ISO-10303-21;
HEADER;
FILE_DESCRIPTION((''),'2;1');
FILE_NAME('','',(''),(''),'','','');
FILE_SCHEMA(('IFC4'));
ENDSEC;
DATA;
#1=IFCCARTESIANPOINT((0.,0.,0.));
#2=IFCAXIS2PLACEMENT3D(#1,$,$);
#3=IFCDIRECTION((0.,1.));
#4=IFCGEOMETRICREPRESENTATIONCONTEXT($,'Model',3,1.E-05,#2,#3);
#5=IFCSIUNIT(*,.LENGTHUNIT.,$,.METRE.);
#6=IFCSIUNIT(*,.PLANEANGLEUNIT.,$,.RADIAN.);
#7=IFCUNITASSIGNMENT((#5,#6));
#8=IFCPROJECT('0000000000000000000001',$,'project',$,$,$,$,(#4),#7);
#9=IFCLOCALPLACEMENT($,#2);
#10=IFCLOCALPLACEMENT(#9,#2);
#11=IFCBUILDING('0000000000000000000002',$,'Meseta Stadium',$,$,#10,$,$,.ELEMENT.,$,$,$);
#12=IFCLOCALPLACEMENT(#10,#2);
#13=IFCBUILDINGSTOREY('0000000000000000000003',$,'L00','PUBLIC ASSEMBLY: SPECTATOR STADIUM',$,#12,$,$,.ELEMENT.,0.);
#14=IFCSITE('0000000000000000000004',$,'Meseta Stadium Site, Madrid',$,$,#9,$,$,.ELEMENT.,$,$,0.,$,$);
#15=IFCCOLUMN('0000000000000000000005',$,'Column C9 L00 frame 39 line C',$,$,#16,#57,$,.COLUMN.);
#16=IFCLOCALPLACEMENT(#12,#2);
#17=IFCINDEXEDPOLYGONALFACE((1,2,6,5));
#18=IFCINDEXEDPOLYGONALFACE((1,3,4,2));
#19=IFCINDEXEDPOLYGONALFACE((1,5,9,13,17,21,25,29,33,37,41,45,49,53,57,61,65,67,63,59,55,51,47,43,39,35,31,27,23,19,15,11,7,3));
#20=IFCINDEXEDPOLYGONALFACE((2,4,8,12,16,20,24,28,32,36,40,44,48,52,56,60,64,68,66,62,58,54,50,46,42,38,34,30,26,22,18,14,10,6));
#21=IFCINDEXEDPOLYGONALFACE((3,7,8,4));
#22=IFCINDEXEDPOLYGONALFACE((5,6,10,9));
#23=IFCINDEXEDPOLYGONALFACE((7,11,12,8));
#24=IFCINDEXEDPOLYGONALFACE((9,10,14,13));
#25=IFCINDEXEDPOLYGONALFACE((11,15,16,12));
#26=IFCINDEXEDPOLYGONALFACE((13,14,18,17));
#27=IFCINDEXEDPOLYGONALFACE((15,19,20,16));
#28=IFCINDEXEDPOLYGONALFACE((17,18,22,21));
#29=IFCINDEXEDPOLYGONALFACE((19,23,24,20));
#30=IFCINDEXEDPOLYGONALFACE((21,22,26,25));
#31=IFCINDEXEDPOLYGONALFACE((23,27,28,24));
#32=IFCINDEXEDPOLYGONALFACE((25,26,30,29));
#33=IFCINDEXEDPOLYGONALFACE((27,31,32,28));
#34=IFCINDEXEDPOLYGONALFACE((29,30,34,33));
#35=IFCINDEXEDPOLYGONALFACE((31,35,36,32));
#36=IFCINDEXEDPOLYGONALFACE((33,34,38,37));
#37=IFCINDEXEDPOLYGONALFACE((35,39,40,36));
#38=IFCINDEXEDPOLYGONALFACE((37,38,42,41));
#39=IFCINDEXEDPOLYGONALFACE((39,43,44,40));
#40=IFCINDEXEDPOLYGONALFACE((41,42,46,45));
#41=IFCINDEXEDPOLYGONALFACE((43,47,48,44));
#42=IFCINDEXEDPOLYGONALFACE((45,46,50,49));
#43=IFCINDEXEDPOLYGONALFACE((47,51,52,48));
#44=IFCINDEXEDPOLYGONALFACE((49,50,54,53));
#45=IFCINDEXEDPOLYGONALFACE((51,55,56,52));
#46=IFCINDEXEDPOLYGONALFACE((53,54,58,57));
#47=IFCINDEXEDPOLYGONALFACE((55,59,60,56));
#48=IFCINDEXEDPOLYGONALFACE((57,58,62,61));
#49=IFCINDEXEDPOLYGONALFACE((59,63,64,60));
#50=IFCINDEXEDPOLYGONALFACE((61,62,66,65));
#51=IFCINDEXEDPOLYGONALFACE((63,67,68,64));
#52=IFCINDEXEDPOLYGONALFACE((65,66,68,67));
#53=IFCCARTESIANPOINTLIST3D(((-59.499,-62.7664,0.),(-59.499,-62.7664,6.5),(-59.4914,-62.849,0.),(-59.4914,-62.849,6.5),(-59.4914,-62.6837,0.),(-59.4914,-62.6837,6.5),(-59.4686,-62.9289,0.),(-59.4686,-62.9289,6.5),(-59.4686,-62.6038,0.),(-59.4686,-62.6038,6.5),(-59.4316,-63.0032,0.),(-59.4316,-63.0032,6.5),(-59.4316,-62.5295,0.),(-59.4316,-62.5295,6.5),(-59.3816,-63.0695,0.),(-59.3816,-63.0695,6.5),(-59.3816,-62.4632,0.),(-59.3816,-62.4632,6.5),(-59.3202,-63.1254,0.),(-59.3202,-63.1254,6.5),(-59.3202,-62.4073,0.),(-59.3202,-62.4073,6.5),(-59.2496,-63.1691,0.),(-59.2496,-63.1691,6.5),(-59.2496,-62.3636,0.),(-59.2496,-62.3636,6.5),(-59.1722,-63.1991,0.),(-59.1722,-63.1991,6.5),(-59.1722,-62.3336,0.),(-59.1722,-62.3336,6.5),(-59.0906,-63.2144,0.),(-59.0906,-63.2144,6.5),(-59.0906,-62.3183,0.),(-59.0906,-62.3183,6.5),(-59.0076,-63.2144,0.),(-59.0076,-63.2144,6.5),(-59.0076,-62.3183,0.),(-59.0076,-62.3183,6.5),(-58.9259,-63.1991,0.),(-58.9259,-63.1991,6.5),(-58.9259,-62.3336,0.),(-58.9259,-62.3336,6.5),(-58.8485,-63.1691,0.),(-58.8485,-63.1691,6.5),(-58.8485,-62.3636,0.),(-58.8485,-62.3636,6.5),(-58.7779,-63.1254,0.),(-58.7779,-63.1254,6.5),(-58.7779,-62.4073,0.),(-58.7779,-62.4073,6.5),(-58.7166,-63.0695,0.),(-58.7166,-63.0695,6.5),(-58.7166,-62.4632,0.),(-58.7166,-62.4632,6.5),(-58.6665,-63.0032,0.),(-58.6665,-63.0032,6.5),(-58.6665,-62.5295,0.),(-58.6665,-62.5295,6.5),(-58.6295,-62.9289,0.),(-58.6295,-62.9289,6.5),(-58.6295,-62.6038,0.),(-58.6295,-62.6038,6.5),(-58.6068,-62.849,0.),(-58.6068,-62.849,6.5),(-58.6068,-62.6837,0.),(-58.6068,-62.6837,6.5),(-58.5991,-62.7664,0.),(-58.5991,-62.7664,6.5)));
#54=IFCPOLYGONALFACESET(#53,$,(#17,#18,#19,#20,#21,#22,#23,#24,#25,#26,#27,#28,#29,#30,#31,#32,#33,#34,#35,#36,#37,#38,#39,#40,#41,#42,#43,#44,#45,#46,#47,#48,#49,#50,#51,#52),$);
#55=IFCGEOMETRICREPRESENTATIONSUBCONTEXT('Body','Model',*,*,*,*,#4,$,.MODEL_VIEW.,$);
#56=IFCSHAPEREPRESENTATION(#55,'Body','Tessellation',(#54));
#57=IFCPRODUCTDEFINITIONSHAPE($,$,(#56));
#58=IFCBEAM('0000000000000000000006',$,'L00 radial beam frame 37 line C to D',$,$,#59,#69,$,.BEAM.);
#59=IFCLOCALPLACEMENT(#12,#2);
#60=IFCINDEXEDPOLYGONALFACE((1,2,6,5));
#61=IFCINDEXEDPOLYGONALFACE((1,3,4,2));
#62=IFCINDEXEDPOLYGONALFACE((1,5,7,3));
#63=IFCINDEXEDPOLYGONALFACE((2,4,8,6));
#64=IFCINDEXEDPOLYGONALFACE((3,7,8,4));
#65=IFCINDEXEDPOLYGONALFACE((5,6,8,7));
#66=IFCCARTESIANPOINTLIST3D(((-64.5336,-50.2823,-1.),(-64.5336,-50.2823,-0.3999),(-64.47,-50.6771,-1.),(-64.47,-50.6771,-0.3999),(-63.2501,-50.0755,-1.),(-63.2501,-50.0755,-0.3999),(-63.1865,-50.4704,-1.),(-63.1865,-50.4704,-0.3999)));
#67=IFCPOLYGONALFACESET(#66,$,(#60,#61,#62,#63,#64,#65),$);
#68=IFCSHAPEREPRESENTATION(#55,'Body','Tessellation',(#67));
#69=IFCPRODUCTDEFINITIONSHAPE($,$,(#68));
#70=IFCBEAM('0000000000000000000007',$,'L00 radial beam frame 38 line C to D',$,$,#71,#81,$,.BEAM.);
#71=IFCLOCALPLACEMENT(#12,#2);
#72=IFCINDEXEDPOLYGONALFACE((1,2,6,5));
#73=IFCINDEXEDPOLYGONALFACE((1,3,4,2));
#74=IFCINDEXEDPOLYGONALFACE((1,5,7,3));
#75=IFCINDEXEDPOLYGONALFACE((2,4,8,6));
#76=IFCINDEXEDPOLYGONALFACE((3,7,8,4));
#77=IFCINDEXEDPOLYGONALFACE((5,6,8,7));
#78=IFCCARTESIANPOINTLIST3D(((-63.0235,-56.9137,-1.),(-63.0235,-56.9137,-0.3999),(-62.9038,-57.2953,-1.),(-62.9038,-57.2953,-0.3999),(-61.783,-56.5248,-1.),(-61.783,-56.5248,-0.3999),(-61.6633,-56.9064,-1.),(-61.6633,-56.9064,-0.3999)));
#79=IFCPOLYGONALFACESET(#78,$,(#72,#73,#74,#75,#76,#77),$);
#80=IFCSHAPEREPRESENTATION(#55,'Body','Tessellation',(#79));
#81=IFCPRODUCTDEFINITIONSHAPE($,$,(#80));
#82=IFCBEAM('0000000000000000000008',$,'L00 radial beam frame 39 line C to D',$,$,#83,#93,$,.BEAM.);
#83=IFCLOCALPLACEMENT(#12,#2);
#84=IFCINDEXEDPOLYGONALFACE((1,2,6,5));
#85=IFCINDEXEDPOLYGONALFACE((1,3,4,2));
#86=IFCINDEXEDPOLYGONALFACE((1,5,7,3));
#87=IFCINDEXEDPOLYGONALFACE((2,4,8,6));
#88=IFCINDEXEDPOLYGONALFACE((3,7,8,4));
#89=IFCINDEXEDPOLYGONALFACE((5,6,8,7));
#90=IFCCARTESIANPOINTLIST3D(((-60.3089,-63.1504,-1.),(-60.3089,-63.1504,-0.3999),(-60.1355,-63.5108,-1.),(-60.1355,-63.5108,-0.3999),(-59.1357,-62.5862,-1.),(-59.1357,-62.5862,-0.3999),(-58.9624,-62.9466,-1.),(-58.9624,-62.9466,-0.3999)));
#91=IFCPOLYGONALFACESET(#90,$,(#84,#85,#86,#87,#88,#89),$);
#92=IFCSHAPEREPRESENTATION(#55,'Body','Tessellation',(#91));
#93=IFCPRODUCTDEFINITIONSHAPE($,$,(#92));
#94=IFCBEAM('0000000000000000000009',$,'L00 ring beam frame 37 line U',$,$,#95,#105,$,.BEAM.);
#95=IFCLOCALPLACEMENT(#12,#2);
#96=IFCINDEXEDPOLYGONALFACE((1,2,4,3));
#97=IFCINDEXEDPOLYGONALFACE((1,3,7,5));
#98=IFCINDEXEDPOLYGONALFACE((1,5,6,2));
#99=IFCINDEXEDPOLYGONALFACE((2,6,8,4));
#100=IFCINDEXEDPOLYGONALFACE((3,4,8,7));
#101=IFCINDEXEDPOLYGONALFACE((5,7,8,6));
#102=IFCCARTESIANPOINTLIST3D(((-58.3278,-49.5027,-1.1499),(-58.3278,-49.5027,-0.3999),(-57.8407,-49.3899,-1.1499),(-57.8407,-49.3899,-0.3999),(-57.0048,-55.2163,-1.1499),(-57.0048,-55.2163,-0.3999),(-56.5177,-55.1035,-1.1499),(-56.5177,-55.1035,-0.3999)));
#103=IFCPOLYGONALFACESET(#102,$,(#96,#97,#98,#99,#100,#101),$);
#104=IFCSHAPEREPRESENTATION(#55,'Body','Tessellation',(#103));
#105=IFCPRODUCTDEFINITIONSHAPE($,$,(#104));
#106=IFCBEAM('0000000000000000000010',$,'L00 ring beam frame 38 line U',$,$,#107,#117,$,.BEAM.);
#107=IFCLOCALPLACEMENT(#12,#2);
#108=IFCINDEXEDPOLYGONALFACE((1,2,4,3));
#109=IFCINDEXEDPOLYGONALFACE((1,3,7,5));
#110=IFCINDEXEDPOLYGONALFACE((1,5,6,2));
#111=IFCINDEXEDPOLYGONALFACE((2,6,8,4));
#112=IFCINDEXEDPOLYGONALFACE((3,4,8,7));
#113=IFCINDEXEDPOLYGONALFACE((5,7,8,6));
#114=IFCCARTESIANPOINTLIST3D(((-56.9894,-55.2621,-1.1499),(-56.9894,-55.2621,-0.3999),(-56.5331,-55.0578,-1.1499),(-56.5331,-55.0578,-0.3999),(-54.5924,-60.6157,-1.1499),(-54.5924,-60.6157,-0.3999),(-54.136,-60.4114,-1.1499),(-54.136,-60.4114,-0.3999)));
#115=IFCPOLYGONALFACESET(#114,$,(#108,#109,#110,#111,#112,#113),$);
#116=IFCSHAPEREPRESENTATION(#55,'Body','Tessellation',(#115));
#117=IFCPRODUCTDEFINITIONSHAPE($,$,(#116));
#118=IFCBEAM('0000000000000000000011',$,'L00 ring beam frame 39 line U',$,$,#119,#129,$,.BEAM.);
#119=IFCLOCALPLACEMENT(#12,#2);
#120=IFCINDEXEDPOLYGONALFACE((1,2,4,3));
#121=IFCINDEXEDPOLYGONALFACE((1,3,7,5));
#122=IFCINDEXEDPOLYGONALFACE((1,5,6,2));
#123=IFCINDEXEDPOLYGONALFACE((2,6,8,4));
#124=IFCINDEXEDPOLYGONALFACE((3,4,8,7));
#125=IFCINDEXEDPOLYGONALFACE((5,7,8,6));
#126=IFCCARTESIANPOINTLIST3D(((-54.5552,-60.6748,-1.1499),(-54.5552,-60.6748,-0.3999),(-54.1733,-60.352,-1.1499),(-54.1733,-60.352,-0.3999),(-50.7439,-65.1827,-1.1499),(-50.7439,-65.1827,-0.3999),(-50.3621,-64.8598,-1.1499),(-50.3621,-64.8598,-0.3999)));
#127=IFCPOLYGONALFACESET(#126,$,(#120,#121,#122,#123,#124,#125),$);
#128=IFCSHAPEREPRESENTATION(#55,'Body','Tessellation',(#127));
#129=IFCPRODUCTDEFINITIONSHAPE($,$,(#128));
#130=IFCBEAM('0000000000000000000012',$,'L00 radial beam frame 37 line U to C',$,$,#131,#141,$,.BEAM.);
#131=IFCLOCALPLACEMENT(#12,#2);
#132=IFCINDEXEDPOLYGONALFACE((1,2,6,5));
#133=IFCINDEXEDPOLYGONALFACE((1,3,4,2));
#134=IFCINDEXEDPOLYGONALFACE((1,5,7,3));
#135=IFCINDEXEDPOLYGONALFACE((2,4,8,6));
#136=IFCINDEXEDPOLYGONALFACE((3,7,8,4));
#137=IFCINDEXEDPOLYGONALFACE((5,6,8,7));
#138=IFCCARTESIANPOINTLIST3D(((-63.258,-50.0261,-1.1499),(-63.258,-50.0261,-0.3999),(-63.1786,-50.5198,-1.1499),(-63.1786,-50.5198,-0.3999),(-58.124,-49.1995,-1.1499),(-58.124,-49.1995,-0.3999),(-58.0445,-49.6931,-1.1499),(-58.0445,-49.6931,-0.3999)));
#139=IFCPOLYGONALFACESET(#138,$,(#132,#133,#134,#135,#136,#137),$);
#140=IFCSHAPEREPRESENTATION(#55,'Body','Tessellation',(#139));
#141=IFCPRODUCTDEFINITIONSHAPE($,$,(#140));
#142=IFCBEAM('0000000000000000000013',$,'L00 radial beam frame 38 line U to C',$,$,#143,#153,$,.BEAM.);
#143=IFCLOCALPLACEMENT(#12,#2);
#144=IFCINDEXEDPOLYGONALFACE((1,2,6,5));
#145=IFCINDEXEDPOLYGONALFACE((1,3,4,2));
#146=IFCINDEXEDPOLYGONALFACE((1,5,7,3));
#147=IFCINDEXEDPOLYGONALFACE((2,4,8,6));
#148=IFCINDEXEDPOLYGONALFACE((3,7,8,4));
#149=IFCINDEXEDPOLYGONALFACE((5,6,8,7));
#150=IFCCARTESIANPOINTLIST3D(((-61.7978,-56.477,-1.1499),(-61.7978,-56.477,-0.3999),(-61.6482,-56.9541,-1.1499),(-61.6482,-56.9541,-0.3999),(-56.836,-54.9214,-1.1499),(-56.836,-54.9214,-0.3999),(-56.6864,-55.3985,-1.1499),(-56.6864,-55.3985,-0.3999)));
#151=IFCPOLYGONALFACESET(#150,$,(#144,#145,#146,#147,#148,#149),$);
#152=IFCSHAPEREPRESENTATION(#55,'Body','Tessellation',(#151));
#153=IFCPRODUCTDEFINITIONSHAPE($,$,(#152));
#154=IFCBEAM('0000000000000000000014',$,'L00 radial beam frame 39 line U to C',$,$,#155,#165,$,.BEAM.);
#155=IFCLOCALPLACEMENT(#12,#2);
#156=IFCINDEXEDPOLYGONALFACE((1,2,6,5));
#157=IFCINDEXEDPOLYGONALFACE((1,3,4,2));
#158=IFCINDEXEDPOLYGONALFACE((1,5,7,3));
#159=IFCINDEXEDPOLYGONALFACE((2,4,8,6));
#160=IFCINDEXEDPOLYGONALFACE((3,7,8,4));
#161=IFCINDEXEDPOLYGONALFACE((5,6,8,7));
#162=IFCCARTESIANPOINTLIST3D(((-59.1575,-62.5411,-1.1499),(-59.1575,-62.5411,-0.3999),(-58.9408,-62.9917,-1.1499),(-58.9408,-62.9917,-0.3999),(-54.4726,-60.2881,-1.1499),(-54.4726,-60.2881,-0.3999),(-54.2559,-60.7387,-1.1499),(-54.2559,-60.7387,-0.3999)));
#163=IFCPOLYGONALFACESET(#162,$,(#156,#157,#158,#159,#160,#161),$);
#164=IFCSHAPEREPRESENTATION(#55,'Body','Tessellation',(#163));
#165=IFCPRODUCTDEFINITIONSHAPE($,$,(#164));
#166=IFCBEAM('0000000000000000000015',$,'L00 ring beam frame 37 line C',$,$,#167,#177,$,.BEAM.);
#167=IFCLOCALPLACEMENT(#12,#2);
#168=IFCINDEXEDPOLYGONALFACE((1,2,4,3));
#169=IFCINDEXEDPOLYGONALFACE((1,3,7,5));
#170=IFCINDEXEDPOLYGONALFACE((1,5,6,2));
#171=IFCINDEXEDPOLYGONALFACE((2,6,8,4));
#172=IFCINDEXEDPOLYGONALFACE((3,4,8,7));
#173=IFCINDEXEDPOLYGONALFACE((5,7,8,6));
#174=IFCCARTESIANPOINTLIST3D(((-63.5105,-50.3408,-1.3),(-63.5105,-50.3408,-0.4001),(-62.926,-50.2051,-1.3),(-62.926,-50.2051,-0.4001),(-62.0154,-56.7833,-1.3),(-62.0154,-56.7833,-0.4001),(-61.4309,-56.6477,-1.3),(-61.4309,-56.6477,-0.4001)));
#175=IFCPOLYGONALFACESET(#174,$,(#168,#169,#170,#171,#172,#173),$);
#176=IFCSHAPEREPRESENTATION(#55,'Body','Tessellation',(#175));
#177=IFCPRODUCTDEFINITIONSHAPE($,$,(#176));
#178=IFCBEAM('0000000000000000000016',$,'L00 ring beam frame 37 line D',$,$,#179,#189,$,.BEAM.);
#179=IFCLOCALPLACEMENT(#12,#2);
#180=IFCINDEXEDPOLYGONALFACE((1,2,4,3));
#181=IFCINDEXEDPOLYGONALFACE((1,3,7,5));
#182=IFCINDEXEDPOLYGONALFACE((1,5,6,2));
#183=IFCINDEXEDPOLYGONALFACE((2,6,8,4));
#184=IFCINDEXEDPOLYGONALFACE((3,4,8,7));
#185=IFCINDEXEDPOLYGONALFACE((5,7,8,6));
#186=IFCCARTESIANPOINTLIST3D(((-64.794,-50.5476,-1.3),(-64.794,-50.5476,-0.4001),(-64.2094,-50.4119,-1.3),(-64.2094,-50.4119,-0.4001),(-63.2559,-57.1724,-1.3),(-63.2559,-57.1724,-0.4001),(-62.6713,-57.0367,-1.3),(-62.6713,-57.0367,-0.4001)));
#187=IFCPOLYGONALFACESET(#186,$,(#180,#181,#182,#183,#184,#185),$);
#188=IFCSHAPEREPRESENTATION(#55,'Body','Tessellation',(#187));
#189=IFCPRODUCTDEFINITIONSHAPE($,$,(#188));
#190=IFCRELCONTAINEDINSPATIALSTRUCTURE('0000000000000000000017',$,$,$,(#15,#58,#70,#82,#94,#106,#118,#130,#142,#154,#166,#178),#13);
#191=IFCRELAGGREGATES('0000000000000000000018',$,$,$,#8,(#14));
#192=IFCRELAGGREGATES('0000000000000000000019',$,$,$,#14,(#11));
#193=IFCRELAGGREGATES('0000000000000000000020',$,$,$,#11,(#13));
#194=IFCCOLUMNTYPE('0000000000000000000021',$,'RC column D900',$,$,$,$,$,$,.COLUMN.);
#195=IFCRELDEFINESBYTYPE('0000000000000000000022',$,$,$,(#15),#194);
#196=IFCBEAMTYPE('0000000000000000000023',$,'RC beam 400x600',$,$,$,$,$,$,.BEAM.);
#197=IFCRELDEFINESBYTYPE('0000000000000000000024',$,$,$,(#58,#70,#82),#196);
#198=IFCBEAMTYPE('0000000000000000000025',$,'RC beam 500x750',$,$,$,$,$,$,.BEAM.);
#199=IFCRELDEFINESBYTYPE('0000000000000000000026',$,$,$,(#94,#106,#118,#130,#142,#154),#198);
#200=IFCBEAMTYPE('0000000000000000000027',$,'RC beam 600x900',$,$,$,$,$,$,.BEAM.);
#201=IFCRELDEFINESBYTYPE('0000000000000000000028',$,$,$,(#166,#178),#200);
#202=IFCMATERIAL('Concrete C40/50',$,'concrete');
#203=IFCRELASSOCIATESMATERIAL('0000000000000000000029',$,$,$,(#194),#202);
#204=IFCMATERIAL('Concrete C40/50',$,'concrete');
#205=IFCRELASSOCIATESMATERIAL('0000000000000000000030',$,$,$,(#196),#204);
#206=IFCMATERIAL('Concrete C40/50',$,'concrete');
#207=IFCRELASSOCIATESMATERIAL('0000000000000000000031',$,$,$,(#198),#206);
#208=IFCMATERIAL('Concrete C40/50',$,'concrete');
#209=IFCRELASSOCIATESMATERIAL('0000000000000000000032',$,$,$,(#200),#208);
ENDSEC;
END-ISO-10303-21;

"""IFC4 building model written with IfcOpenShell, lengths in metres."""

from ifc_helpers import new_model, si_unit, direction, frame, origin, origin_2d, place, context, subcontext, project, spatial, rectangle, circle, extrude, material, material_profile, profile_set, type_object, element, save


model = new_model("IFC4")

# Units and contexts
model_context = context("Model", 3, precision=1e-05, world=origin(), true_north=direction((0.0, 1.0)))
body_context = subcontext(model_context, "Body", "Model", "MODEL_VIEW")
ifc_project = project(units=[si_unit("LENGTHUNIT", "METRE"), si_unit("PLANEANGLEUNIT", "RADIAN")], contexts=[model_context])

# Site, building, storey
site_placement = place(None, origin())
site = spatial("IfcSite", under=ifc_project, at=site_placement, Name="Meseta Stadium Site, Madrid", CompositionType="ELEMENT", RefElevation=0.0)
building_placement = place(site_placement, origin())
building = spatial("IfcBuilding", under=site, at=building_placement, Name="Meseta Stadium", CompositionType="ELEMENT")
storey_placement = place(building_placement, origin())
storey = spatial("IfcBuildingStorey", under=building, at=storey_placement, Name="L00", Description="PUBLIC ASSEMBLY: SPECTATOR STADIUM", CompositionType="ELEMENT", Elevation=0.0)

# Column
ifc_material_1 = material(Name="Concrete C40/50", Category="concrete")
ifc_material_profile_1 = material_profile(ifc_material_1, circle(Radius=0.45, at=origin_2d()), Name="RC D900")
ifc_profile_set_1 = profile_set([ifc_material_profile_1], Name="Concrete C40/50")
column_type_1 = type_object("IfcColumnType", Name="RC column D900", PredefinedType="COLUMN", material=ifc_profile_set_1)
for number, where, z_axis, x_axis, name in (
    (1, (-59.0491, -62.7664, 0.0), (0.0, 0.0, 1.0), (1.0, 0.0, 0.0), "Column C9 L00 frame 39 line C"),
):
    element("IfcColumn", number, at=place(storey_placement, frame(where, z_axis=z_axis, x_axis=x_axis)), inside=storey, type_object=column_type_1, Name=name, PredefinedType="COLUMN", context=body_context, shape_type="SweptSolid", body=[
        extrude(circle(Radius=0.45, at=origin_2d()), origin(), (0.0, 0.0, 1.0), 6.5),
    ])

# Beams
ifc_material_2 = material(Name="Concrete C40/50", Category="concrete")
ifc_material_profile_2 = material_profile(ifc_material_2, rectangle(XDim=0.3999, YDim=0.6001, at=origin_2d()), Name="RC 400x600")
ifc_profile_set_2 = profile_set([ifc_material_profile_2], Name="Concrete C40/50")
beam_type_1 = type_object("IfcBeamType", Name="RC beam 400x600", PredefinedType="BEAM", material=ifc_profile_set_2)
for number, where, z_axis, x_axis, name in (
    (2, (-63.2183, -50.2729, -0.7), (-0.987268, -0.159067, 0.0), (0.159067, -0.987268, 0.0), "L00 radial beam frame 37 line C to D"),
    (3, (-61.7231, -56.7156, -0.7), (-0.954202, -0.299162, 0.0), (0.299162, -0.954202, 0.0), "L00 radial beam frame 38 line C to D"),
):
    element("IfcBeam", number, at=place(storey_placement, frame(where, z_axis=z_axis, x_axis=x_axis)), inside=storey, type_object=beam_type_1, Name=name, PredefinedType="BEAM", context=body_context, shape_type="SweptSolid", body=[
        extrude(rectangle(XDim=0.3999, YDim=0.6001, at=origin_2d()), origin(), (0.0, 0.0, 1.0), 1.3),
    ])
beam_1_placement = place(storey_placement, frame((-59.0491, -62.7664, -0.7), z_axis=(-0.901186, -0.433432, 0.0), x_axis=(0.433432, -0.901186, 0.0)))
element("IfcBeam", 4, at=beam_1_placement, inside=storey, type_object=beam_type_1, Name="L00 radial beam frame 39 line C to D", PredefinedType="BEAM", context=body_context, shape_type="SweptSolid", body=[
    extrude(rectangle(XDim=0.3999, YDim=0.6001, at=origin_2d()), origin(), (0.0, 0.0, 1.0), 1.3018),
])
ifc_material_3 = material(Name="Concrete C40/50", Category="concrete")
ifc_material_profile_3 = material_profile(ifc_material_3, rectangle(XDim=0.5, YDim=0.75, at=origin_2d()), Name="RC 500x750")
ifc_profile_set_3 = profile_set([ifc_material_profile_3], Name="Concrete C40/50")
beam_type_2 = type_object("IfcBeamType", Name="RC beam 500x750", PredefinedType="BEAM", material=ifc_profile_set_3)
beam_2_placement = place(storey_placement, frame((-58.0842, -49.4463, -0.7749), z_axis=(0.225583, -0.974224, 0.0), x_axis=(0.974224, 0.225583, 0.0)))
element("IfcBeam", 5, at=beam_2_placement, inside=storey, type_object=beam_type_2, Name="L00 ring beam frame 37 line U", PredefinedType="BEAM", context=body_context, shape_type="SweptSolid", body=[
    extrude(rectangle(XDim=0.5, YDim=0.75, at=origin_2d()), origin(), (0.0, 0.0, 1.0), 5.8647),
])
beam_3_placement = place(storey_placement, frame((-56.7612, -55.1599, -0.7749), z_axis=(0.408647, -0.912692, 0.0), x_axis=(0.912692, 0.408647, 0.0)))
element("IfcBeam", 6, at=beam_3_placement, inside=storey, type_object=beam_type_2, Name="L00 ring beam frame 38 line U", PredefinedType="BEAM", context=body_context, shape_type="SweptSolid", body=[
    extrude(rectangle(XDim=0.5, YDim=0.75, at=origin_2d()), origin(), (0.0, 0.0, 1.0), 5.8657),
])
beam_4_placement = place(storey_placement, frame((-54.3643, -60.5134, -0.7749), z_axis=(0.645644, -0.763639, 0.0), x_axis=(0.763639, 0.645644, 0.0)))
element("IfcBeam", 7, at=beam_4_placement, inside=storey, type_object=beam_type_2, Name="L00 ring beam frame 39 line U", PredefinedType="BEAM", context=body_context, shape_type="SweptSolid", body=[
    extrude(rectangle(XDim=0.5, YDim=0.75, at=origin_2d()), origin(), (0.0, 0.0, 1.0), 5.9031),
])
beam_5_placement = place(storey_placement, frame((-58.0842, -49.4463, -0.7749), z_axis=(-0.987284, -0.158968, 0.0), x_axis=(0.158968, -0.987284, 0.0)))
element("IfcBeam", 8, at=beam_5_placement, inside=storey, type_object=beam_type_2, Name="L00 radial beam frame 37 line U to C", PredefinedType="BEAM", context=body_context, shape_type="SweptSolid", body=[
    extrude(rectangle(XDim=0.5, YDim=0.75, at=origin_2d()), origin(), (0.0, 0.0, 1.0), 5.2002),
])
beam_6_placement = place(storey_placement, frame((-56.7612, -55.1599, -0.7749), z_axis=(-0.954202, -0.299162, 0.0), x_axis=(0.299162, -0.954202, 0.0)))
element("IfcBeam", 9, at=beam_6_placement, inside=storey, type_object=beam_type_2, Name="L00 radial beam frame 38 line U to C", PredefinedType="BEAM", context=body_context, shape_type="SweptSolid", body=[
    extrude(rectangle(XDim=0.5, YDim=0.75, at=origin_2d()), origin(), (0.0, 0.0, 1.0), 5.2),
])
beam_7_placement = place(storey_placement, frame((-54.3643, -60.5134, -0.7749), z_axis=(-0.901206, -0.433391, 0.0), x_axis=(0.433391, -0.901206, 0.0)))
element("IfcBeam", 10, at=beam_7_placement, inside=storey, type_object=beam_type_2, Name="L00 radial beam frame 39 line U to C", PredefinedType="BEAM", context=body_context, shape_type="SweptSolid", body=[
    extrude(rectangle(XDim=0.5, YDim=0.75, at=origin_2d()), origin(), (0.0, 0.0, 1.0), 5.1985),
])
ifc_material_4 = material(Name="Concrete C40/50", Category="concrete")
ifc_material_profile_4 = material_profile(ifc_material_4, rectangle(XDim=0.6001, YDim=0.8999, at=origin_2d()), Name="RC 600x900")
ifc_profile_set_4 = profile_set([ifc_material_profile_4], Name="Concrete C40/50")
beam_type_3 = type_object("IfcBeamType", Name="RC beam 600x900", PredefinedType="BEAM", material=ifc_profile_set_4)
beam_8_placement = place(storey_placement, frame((-63.2183, -50.2729, -0.8501), z_axis=(0.226059, -0.974114, 0.0), x_axis=(0.974114, 0.226059, 0.0)))
element("IfcBeam", 11, at=beam_8_placement, inside=storey, type_object=beam_type_3, Name="L00 ring beam frame 37 line C", PredefinedType="BEAM", context=body_context, shape_type="SweptSolid", body=[
    extrude(rectangle(XDim=0.6001, YDim=0.8999, at=origin_2d()), origin(), (0.0, 0.0, 1.0), 6.6138),
])
beam_9_placement = place(storey_placement, frame((-64.5017, -50.4797, -0.8501), z_axis=(0.226157, -0.974091, 0.0), x_axis=(0.974091, 0.226157, 0.0)))
element("IfcBeam", 12, at=beam_9_placement, inside=storey, type_object=beam_type_3, Name="L00 ring beam frame 37 line D", PredefinedType="BEAM", context=body_context, shape_type="SweptSolid", body=[
    extrude(rectangle(XDim=0.6001, YDim=0.8999, at=origin_2d()), origin(), (0.0, 0.0, 1.0), 6.801),
])

save(model, "model.ifc")
